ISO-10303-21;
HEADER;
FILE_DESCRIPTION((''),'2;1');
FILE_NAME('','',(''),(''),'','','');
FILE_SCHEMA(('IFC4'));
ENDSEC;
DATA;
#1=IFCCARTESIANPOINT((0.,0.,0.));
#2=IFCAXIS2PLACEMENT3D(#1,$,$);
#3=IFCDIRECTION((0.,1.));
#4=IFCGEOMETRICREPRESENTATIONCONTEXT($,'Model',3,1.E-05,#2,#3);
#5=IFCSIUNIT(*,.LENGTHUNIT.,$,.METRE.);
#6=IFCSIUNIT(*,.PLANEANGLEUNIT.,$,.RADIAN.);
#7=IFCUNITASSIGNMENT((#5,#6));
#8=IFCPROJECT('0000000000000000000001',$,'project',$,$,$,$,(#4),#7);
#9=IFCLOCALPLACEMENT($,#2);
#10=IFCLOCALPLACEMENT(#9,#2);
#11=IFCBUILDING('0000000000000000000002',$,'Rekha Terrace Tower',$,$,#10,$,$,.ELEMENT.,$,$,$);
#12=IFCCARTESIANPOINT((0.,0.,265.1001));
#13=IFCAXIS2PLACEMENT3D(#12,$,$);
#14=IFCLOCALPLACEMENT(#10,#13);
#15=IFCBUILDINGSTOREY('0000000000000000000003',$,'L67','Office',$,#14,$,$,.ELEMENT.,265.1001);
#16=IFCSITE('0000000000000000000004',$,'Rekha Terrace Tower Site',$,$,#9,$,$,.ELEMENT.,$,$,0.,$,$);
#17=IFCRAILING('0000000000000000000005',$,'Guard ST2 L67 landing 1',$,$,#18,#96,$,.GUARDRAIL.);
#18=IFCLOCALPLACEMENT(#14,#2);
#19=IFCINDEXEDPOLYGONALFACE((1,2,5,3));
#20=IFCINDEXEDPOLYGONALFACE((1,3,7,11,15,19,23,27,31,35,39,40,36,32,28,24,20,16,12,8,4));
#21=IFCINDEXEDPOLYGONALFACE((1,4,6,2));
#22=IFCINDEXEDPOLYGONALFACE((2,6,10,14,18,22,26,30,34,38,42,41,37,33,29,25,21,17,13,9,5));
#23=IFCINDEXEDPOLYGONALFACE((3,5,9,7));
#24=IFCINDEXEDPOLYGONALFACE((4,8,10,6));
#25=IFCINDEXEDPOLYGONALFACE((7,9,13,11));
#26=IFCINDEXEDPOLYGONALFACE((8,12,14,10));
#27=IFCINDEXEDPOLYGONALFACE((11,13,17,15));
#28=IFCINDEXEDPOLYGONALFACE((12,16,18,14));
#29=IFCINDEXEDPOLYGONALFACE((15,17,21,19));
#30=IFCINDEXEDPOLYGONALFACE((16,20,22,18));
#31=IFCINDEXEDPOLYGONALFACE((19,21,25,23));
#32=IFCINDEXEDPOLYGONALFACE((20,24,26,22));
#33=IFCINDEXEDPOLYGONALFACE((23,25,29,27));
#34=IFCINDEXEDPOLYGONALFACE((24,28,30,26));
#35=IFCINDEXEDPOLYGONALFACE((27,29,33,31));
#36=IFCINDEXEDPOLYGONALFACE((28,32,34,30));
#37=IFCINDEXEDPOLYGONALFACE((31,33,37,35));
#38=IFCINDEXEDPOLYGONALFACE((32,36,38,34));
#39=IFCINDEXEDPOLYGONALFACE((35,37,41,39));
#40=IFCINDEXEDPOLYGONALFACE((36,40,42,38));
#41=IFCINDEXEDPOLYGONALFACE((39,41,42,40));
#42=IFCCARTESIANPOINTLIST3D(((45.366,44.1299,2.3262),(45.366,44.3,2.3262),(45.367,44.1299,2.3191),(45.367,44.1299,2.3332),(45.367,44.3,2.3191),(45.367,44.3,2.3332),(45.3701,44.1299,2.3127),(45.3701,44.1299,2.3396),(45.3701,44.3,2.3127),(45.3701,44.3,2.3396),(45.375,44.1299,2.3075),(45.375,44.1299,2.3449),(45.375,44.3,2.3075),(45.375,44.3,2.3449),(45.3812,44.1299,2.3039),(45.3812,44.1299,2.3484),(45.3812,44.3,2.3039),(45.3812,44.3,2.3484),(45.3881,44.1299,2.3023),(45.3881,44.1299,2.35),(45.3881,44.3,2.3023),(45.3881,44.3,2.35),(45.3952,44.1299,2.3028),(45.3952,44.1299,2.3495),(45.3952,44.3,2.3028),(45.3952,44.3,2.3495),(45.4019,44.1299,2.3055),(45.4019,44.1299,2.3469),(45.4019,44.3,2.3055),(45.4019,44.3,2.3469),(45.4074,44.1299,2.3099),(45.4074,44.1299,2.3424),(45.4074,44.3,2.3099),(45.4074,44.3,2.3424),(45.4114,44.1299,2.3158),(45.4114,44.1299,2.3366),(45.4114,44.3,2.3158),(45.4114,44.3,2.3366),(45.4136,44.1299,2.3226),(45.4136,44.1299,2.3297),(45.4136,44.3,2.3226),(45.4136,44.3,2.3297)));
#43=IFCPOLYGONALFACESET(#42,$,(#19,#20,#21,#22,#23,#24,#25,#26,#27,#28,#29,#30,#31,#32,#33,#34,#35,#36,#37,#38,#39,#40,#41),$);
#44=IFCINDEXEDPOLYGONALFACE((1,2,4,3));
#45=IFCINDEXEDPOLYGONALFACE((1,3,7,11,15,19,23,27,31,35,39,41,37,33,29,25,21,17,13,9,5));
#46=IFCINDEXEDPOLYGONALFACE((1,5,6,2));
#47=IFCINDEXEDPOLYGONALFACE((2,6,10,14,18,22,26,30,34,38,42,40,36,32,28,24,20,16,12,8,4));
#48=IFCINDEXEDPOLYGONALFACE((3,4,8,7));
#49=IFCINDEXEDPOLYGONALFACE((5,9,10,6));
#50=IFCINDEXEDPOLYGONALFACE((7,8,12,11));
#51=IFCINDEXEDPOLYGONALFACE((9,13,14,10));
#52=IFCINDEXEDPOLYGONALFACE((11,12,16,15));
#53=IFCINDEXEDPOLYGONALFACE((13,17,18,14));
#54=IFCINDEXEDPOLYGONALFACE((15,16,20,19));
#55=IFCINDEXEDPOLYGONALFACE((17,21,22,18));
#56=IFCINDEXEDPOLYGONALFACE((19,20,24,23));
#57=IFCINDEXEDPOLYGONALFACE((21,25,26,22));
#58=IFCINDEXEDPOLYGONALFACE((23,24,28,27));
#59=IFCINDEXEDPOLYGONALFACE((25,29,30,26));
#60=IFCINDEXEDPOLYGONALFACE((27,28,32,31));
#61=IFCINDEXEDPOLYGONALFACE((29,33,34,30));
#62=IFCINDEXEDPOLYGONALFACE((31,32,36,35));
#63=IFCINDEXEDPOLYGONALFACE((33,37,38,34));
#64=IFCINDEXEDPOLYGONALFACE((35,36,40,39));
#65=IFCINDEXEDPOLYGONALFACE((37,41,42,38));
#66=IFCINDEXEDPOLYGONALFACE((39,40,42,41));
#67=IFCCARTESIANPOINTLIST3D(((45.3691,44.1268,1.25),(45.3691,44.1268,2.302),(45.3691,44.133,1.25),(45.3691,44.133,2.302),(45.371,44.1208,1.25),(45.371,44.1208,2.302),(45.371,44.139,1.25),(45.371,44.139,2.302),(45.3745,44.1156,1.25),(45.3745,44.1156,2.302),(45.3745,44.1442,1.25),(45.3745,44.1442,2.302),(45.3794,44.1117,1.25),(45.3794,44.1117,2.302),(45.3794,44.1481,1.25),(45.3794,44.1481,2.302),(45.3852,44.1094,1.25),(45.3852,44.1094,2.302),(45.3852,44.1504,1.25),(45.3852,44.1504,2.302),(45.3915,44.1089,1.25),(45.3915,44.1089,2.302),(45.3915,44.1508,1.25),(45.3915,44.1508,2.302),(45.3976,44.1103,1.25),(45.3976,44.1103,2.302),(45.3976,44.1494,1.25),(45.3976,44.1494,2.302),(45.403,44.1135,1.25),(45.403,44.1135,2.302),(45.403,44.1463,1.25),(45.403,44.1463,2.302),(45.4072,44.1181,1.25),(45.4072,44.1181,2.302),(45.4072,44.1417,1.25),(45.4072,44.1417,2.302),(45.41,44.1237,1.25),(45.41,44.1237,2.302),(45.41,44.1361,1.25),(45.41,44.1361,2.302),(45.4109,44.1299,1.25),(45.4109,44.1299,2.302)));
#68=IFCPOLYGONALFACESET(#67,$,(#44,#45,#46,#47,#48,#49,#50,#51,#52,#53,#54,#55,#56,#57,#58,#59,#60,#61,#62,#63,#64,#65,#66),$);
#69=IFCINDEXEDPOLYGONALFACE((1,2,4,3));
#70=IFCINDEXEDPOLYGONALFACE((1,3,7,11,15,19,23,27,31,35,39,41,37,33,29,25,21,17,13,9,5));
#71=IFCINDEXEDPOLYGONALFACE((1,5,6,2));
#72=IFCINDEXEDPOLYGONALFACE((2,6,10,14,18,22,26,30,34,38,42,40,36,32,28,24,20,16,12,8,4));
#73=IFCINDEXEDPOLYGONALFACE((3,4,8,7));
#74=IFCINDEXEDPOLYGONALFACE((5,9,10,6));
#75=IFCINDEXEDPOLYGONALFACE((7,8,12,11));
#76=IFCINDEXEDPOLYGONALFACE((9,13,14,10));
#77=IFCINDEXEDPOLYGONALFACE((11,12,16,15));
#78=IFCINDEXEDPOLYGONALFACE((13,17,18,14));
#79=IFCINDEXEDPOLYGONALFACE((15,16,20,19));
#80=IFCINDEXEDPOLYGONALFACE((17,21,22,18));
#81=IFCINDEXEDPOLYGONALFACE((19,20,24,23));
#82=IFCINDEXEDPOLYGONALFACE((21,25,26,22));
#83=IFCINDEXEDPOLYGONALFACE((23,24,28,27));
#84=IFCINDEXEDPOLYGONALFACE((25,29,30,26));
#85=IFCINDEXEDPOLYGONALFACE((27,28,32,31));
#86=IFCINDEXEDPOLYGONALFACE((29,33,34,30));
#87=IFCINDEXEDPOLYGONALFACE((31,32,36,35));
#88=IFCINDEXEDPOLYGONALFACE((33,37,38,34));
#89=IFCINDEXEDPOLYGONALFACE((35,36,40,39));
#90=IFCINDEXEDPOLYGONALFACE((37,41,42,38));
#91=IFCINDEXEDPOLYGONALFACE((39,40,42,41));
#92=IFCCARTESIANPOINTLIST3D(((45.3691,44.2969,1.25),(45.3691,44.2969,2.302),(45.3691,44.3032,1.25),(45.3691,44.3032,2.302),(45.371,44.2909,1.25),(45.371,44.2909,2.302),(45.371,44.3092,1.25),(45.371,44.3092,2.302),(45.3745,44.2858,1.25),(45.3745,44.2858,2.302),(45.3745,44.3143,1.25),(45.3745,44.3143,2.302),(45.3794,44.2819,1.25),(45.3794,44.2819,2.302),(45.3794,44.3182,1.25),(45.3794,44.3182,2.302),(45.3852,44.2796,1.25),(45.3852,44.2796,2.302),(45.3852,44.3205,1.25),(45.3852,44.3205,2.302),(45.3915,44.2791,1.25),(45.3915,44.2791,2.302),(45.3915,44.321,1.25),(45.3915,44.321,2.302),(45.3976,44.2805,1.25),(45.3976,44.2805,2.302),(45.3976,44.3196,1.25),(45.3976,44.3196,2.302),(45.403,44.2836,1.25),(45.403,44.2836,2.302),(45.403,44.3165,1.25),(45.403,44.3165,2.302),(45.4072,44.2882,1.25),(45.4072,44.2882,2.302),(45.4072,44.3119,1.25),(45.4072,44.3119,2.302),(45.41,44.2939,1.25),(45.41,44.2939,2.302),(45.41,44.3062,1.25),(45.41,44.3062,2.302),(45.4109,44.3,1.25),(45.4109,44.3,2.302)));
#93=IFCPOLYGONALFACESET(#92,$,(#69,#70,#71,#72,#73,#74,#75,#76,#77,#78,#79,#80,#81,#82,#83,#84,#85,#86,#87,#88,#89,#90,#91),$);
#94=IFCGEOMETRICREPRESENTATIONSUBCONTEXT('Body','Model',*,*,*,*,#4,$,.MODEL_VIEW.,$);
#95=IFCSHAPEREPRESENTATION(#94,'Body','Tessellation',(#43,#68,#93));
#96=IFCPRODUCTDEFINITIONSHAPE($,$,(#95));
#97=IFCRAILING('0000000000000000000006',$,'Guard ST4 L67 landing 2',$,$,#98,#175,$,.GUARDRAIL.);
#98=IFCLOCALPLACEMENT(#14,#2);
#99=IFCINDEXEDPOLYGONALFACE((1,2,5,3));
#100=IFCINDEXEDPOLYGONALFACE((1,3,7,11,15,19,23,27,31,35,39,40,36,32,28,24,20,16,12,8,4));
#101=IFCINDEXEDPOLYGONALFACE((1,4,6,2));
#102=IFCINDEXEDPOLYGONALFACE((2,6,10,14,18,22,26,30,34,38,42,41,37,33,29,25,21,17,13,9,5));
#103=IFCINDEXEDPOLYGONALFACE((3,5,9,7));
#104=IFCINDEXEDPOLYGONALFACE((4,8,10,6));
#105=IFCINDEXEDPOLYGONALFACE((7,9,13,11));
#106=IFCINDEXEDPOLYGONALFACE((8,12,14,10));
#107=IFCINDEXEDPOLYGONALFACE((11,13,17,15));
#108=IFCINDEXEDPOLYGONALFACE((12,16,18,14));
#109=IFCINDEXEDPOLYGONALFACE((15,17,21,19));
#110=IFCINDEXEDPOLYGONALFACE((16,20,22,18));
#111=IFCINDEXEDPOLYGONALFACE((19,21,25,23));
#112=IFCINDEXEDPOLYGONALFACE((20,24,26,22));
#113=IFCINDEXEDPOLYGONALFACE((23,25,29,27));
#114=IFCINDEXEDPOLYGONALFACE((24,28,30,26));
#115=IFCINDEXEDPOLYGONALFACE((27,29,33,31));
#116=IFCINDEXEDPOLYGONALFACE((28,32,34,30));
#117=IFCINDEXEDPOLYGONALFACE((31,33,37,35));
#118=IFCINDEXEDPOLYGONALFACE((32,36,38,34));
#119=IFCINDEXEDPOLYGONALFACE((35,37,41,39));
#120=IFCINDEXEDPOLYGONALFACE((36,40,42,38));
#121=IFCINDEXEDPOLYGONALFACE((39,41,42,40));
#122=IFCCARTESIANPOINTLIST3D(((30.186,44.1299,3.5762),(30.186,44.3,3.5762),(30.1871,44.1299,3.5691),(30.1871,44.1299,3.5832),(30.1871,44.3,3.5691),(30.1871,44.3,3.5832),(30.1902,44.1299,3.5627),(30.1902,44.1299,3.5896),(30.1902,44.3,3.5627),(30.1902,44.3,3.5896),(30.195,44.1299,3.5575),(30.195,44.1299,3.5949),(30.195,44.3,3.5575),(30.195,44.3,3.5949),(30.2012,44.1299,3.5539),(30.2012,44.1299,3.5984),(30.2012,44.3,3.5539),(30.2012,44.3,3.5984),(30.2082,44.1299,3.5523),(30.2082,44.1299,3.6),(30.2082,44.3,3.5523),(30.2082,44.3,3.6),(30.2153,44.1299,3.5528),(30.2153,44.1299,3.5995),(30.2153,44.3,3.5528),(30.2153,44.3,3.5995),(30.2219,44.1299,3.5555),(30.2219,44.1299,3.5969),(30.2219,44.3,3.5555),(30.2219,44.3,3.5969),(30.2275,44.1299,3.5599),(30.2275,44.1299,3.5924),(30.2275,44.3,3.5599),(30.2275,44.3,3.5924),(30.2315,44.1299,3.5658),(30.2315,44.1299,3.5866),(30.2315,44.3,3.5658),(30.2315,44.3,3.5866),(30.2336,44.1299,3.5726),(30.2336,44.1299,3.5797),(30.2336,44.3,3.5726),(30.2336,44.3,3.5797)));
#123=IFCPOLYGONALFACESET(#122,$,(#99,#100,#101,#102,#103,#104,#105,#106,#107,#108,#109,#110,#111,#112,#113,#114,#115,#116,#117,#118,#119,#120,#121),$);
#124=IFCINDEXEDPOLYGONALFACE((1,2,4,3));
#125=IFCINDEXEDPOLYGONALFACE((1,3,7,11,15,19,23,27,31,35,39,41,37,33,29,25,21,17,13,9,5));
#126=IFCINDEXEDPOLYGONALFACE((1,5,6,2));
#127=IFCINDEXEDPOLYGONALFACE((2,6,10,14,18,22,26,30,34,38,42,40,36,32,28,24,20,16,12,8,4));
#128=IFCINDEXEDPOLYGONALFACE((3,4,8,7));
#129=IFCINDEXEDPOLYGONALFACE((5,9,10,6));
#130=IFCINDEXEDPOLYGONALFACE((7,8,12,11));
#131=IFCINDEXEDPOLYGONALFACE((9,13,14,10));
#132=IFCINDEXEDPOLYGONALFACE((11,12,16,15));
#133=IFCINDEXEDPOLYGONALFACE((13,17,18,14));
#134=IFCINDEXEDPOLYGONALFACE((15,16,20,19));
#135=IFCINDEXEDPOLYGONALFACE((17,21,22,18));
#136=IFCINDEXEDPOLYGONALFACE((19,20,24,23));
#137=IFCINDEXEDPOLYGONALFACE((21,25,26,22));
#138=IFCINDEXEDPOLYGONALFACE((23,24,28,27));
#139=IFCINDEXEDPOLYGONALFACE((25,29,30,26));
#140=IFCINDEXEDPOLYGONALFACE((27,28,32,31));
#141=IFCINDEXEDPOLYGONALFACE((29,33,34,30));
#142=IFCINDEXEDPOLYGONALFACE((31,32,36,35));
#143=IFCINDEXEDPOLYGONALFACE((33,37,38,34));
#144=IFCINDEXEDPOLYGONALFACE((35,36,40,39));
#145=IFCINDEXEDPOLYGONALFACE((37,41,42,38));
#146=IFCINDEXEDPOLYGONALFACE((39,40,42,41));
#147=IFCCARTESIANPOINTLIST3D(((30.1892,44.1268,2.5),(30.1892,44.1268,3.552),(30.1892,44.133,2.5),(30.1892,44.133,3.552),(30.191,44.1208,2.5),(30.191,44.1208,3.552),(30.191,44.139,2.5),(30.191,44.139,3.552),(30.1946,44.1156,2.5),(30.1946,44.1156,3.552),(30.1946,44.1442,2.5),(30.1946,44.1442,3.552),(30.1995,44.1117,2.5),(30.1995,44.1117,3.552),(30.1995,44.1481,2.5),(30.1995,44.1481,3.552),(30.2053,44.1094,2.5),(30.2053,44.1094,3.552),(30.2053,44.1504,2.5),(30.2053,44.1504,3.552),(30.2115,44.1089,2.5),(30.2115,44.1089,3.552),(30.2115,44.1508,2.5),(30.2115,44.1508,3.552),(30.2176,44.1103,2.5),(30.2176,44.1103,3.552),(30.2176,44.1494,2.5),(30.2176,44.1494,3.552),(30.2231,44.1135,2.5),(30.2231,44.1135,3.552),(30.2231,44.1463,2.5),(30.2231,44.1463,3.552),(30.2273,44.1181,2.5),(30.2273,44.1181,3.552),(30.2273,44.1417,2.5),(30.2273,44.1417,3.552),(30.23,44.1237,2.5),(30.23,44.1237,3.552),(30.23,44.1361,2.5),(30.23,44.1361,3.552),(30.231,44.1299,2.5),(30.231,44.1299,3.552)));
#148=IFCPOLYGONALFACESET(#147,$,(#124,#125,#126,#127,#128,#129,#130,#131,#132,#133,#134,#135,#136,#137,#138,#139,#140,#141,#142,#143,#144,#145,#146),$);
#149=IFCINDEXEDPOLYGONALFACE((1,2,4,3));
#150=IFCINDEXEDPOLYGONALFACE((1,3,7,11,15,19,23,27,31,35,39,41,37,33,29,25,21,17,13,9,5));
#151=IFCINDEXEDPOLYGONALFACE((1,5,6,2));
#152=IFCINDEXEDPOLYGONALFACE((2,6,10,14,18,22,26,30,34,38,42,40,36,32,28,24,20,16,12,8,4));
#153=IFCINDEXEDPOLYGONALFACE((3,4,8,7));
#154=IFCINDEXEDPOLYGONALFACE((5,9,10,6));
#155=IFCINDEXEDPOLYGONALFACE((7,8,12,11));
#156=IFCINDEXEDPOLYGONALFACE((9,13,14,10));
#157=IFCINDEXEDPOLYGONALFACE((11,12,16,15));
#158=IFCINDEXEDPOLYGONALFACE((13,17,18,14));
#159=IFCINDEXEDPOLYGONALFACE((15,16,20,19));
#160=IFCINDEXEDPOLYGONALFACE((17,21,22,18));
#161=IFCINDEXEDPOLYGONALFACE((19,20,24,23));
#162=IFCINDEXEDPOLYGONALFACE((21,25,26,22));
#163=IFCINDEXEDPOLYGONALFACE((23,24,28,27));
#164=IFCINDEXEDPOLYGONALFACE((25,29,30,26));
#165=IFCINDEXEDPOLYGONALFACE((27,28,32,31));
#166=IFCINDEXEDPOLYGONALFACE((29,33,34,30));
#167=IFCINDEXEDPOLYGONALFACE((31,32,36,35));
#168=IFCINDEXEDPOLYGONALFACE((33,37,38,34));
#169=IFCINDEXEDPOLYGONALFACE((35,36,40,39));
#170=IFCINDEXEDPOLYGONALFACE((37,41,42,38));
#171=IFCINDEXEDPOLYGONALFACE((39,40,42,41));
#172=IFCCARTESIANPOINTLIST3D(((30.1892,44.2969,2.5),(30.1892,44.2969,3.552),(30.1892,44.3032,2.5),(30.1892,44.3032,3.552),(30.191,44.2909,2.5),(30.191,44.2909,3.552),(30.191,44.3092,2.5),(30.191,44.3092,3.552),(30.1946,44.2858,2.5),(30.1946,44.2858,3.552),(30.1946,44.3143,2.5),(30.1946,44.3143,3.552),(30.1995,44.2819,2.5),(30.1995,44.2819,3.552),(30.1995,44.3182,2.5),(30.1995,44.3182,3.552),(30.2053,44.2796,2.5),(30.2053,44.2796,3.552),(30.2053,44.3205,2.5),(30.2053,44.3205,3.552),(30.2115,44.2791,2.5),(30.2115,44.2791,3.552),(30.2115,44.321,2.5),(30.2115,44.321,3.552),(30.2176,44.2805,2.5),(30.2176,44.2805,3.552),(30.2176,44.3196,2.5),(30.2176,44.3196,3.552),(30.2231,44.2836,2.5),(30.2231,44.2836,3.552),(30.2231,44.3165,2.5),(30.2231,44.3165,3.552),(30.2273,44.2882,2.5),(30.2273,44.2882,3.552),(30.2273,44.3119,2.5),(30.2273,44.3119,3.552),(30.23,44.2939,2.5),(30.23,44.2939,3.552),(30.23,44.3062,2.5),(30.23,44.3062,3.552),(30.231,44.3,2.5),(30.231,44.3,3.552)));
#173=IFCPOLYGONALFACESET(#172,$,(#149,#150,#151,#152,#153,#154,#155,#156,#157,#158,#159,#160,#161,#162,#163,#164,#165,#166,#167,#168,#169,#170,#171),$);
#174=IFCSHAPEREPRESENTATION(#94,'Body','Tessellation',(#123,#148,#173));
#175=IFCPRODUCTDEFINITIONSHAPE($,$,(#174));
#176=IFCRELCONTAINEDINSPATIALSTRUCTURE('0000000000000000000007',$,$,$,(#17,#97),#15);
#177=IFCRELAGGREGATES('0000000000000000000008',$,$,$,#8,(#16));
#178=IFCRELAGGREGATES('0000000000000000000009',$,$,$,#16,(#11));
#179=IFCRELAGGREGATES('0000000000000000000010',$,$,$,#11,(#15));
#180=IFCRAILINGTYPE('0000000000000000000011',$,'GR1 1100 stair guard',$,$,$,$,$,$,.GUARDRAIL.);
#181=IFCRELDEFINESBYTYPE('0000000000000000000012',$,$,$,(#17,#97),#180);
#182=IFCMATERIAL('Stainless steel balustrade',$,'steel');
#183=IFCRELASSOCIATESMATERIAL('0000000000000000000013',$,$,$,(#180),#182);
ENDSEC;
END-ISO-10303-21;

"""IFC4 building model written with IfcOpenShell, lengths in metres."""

from ifc_helpers import new_model, si_unit, direction, frame, origin, origin_2d, place, context, subcontext, project, spatial, circle, extrude, material, type_object, element, save


model = new_model("IFC4")

# Units and contexts
model_context = context("Model", 3, precision=1e-05, world=origin(), true_north=direction((0.0, 1.0)))
body_context = subcontext(model_context, "Body", "Model", "MODEL_VIEW")
ifc_project = project(units=[si_unit("LENGTHUNIT", "METRE"), si_unit("PLANEANGLEUNIT", "RADIAN")], contexts=[model_context])

# Site, building, storey
site_placement = place(None, origin())
site = spatial("IfcSite", under=ifc_project, at=site_placement, Name="Rekha Terrace Tower Site", CompositionType="ELEMENT", RefElevation=0.0)
building_placement = place(site_placement, origin())
building = spatial("IfcBuilding", under=site, at=building_placement, Name="Rekha Terrace Tower", CompositionType="ELEMENT")
storey_placement = place(building_placement, frame((0.0, 0.0, 265.1001)))
storey = spatial("IfcBuildingStorey", under=building, at=storey_placement, Name="L67", Description="Office", CompositionType="ELEMENT", Elevation=265.1001)

# Railings
ifc_material_1 = material(Name="Stainless steel balustrade", Category="steel")
railing_type_1 = type_object("IfcRailingType", Name="GR1 1100 stair guard", PredefinedType="GUARDRAIL", material=ifc_material_1)
for number, where, name in (
    (1, (45.3899, 44.1299, 1.25), "Guard ST2 L67 landing 1"),
    (2, (30.21, 44.1299, 2.5), "Guard ST4 L67 landing 2"),
):
    element("IfcRailing", number, at=place(storey_placement, frame(where)), inside=storey, type_object=railing_type_1, Name=name, PredefinedType="GUARDRAIL", context=body_context, shape_type="SweptSolid", body=[
        extrude(circle(Radius=0.0239, at=origin_2d()), frame((0.0, 0.0, 1.0762), z_axis=(0.0, 1.0, 0.0), x_axis=(-1.0, 0.0, 0.0)), (0.0, 0.0, 1.0), 0.1702),
        extrude(circle(Radius=0.021, at=origin_2d()), origin(), (0.0, 0.0, 1.0), 1.052),
        extrude(circle(Radius=0.021, at=origin_2d()), frame((0.0, 0.1702, 0.0)), (0.0, 0.0, 1.0), 1.052),
    ])

save(model, "model.ifc")
